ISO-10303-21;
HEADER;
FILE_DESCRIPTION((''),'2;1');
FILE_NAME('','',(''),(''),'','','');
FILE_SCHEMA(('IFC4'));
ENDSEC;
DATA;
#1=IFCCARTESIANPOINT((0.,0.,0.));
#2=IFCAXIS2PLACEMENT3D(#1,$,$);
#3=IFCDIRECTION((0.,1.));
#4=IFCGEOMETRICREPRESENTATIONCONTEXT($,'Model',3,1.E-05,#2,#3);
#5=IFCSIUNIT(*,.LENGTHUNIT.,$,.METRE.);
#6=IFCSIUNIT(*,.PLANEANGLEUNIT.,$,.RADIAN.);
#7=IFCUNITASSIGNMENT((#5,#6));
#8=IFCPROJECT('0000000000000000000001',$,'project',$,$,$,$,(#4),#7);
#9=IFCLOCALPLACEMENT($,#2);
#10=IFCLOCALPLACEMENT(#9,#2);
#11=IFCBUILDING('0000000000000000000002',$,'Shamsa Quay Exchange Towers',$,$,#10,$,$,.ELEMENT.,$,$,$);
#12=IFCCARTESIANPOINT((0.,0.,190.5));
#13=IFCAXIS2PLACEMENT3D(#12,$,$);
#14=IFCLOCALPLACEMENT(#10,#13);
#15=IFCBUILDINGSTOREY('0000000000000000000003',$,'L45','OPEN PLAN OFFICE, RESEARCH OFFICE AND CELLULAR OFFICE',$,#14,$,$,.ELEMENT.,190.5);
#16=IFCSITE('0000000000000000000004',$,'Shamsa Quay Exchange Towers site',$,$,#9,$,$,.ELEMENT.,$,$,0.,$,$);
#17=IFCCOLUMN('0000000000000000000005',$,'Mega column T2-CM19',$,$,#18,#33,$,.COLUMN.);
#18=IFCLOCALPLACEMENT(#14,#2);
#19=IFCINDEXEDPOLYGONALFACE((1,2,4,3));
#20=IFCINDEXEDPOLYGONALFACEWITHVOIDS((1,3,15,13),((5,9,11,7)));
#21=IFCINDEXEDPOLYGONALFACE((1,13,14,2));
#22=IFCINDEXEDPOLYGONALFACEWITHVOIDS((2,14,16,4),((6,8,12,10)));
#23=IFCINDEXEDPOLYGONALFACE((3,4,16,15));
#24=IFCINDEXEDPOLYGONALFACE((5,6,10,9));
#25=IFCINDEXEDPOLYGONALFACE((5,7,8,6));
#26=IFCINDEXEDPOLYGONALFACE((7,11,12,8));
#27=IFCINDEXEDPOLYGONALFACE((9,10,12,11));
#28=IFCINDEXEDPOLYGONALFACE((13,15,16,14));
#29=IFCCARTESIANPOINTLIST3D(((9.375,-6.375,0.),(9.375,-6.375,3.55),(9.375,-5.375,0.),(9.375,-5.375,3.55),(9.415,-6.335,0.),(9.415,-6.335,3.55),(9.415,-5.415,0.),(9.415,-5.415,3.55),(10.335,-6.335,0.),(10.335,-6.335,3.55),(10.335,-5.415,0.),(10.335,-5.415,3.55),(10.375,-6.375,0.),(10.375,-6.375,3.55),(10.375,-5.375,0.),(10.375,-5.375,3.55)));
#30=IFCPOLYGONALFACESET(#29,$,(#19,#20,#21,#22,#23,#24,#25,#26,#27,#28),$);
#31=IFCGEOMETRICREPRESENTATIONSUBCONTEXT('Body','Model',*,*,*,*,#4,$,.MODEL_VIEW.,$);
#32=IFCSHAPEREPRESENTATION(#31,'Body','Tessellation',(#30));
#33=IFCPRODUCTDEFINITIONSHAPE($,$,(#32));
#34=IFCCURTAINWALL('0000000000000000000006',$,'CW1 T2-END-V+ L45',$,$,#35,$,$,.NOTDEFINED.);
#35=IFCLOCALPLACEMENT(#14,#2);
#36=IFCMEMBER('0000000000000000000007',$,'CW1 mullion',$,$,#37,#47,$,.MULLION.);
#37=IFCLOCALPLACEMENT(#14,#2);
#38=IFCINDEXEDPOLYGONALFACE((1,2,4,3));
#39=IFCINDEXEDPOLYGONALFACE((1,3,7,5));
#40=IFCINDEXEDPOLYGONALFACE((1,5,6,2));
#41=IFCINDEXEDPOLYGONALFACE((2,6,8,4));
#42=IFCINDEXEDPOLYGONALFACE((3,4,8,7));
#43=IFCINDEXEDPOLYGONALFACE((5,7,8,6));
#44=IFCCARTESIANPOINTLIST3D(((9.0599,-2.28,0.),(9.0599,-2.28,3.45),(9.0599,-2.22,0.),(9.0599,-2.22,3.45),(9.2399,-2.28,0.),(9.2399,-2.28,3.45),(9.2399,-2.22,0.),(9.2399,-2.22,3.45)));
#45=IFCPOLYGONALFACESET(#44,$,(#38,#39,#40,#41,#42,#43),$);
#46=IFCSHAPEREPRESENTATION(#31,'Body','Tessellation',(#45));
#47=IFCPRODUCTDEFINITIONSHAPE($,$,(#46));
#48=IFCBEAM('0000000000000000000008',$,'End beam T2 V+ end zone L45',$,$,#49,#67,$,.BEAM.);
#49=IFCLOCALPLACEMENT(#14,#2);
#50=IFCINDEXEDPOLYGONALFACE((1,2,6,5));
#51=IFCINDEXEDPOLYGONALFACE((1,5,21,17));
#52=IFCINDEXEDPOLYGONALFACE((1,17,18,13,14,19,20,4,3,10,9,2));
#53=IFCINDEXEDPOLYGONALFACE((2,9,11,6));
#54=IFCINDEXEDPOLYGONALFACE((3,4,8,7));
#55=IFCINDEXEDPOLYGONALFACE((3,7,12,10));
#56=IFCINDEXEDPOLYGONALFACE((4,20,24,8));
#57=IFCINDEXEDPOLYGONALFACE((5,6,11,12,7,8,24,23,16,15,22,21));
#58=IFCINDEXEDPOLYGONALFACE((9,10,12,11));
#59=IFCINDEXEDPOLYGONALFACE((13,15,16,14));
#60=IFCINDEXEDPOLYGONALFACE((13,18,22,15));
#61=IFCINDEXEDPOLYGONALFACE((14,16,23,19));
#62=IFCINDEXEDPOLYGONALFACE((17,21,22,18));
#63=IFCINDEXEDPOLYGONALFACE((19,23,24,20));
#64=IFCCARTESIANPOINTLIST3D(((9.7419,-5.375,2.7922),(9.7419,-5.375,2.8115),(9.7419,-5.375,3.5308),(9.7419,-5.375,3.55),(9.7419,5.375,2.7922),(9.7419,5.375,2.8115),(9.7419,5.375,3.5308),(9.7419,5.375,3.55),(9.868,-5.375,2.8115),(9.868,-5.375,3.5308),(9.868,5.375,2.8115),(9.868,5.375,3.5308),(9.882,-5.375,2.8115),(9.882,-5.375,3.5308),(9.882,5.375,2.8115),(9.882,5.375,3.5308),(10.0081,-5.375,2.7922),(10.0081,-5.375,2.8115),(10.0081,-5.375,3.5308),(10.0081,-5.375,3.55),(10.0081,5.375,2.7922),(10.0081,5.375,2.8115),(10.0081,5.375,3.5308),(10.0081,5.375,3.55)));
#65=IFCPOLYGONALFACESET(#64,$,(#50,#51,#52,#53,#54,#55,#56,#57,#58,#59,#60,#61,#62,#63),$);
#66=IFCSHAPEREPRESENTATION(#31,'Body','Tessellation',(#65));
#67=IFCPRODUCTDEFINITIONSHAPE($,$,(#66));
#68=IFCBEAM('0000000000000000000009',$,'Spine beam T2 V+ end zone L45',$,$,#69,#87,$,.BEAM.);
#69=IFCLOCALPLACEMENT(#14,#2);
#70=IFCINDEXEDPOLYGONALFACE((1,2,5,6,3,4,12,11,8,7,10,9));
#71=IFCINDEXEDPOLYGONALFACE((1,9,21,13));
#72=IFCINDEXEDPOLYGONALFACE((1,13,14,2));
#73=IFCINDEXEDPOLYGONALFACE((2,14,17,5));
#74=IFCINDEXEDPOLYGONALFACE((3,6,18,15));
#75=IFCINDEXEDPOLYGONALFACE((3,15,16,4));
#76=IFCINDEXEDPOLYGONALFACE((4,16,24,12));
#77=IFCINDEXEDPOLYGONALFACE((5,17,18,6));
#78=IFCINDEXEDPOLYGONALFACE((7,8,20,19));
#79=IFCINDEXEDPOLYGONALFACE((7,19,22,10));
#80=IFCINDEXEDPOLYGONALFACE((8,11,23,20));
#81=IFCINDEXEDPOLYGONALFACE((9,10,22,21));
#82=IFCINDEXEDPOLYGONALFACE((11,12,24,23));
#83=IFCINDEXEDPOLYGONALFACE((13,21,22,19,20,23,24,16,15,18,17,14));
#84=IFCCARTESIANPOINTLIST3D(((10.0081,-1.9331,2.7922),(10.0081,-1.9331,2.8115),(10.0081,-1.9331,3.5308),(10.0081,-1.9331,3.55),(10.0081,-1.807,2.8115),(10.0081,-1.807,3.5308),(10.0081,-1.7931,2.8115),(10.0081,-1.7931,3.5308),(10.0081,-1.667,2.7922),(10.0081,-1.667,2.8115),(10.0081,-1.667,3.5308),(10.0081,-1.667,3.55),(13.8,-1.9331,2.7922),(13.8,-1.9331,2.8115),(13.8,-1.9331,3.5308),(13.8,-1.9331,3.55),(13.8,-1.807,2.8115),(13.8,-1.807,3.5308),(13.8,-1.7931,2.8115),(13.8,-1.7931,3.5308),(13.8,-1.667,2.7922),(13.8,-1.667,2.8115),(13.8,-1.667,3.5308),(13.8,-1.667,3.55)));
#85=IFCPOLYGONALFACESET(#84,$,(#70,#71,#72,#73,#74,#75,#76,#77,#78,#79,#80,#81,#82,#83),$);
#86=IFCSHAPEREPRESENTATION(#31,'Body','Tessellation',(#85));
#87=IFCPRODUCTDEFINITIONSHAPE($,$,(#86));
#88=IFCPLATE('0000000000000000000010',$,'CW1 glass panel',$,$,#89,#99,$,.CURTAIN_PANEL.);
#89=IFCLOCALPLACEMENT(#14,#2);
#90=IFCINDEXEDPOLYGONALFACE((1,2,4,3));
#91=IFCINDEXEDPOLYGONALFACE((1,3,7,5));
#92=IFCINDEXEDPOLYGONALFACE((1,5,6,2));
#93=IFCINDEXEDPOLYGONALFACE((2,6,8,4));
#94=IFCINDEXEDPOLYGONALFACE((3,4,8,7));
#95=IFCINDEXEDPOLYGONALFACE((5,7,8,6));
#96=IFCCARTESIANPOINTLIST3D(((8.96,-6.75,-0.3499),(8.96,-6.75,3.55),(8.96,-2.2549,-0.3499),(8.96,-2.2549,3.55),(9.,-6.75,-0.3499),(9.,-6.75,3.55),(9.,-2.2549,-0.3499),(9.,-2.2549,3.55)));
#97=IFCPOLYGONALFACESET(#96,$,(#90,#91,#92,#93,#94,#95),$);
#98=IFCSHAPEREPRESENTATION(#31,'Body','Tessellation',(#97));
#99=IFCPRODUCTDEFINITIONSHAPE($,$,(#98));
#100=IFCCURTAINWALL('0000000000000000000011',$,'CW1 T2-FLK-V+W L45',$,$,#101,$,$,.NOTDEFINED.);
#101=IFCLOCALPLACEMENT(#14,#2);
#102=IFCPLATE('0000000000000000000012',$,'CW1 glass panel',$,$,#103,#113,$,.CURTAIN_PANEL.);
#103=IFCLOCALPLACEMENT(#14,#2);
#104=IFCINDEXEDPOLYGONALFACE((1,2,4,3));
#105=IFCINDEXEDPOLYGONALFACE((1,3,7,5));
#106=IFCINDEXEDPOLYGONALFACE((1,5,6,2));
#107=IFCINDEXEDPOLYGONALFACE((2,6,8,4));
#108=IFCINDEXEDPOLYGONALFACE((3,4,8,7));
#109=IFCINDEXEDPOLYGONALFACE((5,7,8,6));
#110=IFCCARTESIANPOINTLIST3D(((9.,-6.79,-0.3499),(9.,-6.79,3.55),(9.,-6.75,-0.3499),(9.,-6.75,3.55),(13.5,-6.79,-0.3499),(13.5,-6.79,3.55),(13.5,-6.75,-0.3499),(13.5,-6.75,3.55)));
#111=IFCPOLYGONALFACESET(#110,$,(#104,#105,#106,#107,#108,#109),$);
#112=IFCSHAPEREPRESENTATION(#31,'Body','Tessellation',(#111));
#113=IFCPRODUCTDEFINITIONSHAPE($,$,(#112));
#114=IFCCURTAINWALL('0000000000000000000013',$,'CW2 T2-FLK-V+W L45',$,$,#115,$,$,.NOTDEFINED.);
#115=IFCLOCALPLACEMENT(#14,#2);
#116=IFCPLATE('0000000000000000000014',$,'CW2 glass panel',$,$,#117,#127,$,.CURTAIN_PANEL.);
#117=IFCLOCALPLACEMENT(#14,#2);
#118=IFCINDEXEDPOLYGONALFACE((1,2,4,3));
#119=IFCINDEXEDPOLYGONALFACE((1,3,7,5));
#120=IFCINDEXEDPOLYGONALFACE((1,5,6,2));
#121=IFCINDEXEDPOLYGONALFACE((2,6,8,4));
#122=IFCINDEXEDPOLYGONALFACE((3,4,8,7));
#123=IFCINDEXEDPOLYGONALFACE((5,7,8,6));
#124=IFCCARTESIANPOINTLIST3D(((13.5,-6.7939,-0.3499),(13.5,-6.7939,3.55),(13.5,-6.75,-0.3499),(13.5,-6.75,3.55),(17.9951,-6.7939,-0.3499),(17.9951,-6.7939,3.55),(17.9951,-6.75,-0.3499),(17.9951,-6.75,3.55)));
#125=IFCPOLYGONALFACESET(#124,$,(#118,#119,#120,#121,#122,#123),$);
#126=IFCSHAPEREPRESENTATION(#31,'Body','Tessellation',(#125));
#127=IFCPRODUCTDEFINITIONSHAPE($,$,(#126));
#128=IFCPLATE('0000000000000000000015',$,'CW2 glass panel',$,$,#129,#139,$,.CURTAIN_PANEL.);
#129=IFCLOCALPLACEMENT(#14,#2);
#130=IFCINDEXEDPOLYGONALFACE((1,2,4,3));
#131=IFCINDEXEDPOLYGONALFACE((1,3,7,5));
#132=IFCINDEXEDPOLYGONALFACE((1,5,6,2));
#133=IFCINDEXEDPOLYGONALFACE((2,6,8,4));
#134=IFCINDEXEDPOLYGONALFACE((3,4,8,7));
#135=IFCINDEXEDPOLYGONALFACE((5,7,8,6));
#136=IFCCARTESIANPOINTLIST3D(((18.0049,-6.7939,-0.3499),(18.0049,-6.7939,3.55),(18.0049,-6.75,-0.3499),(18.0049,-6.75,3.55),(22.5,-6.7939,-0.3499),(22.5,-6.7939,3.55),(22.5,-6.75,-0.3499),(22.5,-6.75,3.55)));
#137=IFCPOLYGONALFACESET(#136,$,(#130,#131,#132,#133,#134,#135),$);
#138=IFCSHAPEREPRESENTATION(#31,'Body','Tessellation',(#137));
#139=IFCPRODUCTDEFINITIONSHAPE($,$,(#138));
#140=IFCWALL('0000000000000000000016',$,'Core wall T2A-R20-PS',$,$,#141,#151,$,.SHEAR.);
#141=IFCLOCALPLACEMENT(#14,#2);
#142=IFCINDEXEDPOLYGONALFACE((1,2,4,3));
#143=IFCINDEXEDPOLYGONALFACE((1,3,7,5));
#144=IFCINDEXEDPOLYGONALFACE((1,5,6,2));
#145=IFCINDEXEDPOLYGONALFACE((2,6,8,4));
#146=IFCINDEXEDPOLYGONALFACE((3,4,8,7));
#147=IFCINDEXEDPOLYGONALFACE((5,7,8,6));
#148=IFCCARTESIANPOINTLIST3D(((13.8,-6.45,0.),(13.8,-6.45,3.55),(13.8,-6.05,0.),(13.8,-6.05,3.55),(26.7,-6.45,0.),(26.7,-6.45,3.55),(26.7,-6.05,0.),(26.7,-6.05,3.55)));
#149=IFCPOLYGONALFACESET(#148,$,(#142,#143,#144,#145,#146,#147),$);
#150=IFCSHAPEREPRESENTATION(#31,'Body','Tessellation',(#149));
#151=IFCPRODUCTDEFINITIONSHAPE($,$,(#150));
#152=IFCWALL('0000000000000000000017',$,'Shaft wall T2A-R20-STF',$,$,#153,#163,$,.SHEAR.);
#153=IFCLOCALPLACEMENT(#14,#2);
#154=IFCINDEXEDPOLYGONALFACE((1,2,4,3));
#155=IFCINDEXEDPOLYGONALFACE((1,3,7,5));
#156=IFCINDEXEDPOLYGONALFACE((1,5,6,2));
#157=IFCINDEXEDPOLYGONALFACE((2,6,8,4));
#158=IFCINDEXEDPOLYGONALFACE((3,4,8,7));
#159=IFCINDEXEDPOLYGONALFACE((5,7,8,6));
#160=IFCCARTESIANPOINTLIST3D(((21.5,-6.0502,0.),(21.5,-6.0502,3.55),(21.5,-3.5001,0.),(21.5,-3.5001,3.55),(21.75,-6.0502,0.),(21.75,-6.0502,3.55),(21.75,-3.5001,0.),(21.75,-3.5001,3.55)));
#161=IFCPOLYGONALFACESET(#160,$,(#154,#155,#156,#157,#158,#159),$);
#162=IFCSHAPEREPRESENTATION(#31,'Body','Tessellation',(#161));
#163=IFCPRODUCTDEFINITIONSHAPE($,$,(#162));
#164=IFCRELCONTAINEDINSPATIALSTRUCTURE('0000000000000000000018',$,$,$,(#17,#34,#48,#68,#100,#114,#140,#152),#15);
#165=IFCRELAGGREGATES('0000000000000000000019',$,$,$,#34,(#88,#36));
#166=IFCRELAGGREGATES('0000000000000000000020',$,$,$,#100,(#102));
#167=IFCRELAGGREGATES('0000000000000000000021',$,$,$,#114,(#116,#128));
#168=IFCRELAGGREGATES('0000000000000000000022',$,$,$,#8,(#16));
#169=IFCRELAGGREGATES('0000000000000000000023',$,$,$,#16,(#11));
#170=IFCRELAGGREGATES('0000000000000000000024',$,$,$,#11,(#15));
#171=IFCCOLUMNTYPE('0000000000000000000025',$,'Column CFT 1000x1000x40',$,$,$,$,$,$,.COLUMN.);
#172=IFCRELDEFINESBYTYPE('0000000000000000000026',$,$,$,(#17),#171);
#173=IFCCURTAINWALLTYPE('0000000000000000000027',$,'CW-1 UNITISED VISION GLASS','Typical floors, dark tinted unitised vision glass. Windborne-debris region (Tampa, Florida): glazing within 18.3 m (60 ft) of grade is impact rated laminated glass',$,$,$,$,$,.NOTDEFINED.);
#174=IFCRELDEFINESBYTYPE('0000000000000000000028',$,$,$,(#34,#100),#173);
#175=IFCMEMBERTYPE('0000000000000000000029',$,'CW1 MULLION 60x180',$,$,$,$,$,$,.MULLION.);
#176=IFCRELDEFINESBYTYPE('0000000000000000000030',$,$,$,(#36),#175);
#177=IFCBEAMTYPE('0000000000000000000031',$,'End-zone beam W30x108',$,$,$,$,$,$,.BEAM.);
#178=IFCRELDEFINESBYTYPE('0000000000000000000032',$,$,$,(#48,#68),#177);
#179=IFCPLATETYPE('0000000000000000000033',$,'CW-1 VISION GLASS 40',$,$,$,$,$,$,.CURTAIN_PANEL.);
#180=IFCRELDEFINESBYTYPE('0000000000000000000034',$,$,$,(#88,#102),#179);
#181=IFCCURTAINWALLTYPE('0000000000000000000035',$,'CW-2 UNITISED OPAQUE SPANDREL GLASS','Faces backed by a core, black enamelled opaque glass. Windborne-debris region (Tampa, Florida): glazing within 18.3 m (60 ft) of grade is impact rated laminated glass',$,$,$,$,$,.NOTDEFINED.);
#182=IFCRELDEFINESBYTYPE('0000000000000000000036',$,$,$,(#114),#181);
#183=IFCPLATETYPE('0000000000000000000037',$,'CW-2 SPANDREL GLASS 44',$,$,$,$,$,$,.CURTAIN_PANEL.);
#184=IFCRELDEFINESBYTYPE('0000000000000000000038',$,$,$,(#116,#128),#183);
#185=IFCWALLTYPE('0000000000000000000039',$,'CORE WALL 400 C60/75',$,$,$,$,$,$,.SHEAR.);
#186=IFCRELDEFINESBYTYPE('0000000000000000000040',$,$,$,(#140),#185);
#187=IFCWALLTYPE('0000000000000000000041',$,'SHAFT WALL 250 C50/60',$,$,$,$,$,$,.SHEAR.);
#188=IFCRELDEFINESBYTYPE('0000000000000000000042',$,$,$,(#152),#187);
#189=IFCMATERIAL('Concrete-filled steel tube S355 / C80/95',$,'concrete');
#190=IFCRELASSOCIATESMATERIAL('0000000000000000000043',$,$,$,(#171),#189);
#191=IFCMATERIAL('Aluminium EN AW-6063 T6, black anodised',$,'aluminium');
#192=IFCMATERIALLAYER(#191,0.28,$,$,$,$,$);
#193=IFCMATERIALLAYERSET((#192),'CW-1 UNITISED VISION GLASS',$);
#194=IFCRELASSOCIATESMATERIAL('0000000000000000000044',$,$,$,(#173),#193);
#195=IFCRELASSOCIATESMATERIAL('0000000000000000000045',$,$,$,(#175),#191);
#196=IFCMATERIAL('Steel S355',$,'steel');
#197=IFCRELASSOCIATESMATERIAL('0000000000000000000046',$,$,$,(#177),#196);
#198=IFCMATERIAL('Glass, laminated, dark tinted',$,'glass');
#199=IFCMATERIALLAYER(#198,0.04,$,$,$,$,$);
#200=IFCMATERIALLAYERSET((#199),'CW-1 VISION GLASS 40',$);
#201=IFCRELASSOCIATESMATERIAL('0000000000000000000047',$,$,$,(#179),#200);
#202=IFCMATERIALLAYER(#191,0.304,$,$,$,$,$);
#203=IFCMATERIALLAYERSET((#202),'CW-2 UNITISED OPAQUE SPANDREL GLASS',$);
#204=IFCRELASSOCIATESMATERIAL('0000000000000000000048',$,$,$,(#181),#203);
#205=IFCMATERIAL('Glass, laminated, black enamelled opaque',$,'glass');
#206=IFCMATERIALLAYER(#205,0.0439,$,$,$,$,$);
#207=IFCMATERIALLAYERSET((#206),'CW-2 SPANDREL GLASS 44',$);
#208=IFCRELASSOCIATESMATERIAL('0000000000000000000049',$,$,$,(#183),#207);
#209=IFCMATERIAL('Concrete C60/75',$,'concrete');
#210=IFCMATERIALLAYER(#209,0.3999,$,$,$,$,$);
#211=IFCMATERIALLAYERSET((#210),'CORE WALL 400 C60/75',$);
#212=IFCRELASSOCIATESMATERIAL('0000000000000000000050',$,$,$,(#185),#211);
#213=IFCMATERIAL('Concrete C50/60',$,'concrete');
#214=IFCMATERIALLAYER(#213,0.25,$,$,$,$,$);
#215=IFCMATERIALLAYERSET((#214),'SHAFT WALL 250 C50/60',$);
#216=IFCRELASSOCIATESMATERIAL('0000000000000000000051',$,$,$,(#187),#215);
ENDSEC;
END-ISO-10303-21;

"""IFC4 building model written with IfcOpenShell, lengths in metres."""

from ifc_helpers import new_model, si_unit, direction, frame, frame_2d, origin, origin_2d, place, context, subcontext, project, spatial, rectangle, hollow_rectangle, i_section, extrude, material, layer, layer_set, material_profile, profile_set, type_object, element, aggregate, save


model = new_model("IFC4")

# Units and contexts
model_context = context("Model", 3, precision=1e-05, world=origin(), true_north=direction((0.0, 1.0)))
body_context = subcontext(model_context, "Body", "Model", "MODEL_VIEW")
ifc_project = project(units=[si_unit("LENGTHUNIT", "METRE"), si_unit("PLANEANGLEUNIT", "RADIAN")], contexts=[model_context])

# Site, building, storey
site_placement = place(None, origin())
site = spatial("IfcSite", under=ifc_project, at=site_placement, Name="Shamsa Quay Exchange Towers site", CompositionType="ELEMENT", RefElevation=0.0)
building_placement = place(site_placement, origin())
building = spatial("IfcBuilding", under=site, at=building_placement, Name="Shamsa Quay Exchange Towers", CompositionType="ELEMENT")
storey_placement = place(building_placement, frame((0.0, 0.0, 190.5)))
storey = spatial("IfcBuildingStorey", under=building, at=storey_placement, Name="L45", Description="OPEN PLAN OFFICE, RESEARCH OFFICE AND CELLULAR OFFICE", CompositionType="ELEMENT", Elevation=190.5)

# Column
ifc_material_1 = material(Name="Concrete-filled steel tube S355 / C80/95", Category="concrete")
ifc_material_profile_1 = material_profile(ifc_material_1, hollow_rectangle(XDim=1.0, YDim=1.0, WallThickness=0.04, at=origin_2d()), Name="CFT 1000x1000x40")
ifc_profile_set_1 = profile_set([ifc_material_profile_1], Name="Concrete-filled steel tube S355 / C80/95")
column_type = type_object("IfcColumnType", Name="Column CFT 1000x1000x40", PredefinedType="COLUMN", material=ifc_profile_set_1)
column_placement = place(storey_placement, frame((9.875, -5.875, 0.0)))
element("IfcColumn", 1, at=column_placement, inside=storey, type_object=column_type, Name="Mega column T2-CM19", PredefinedType="COLUMN", context=body_context, shape_type="SweptSolid", body=[
    extrude(hollow_rectangle(XDim=1.0, YDim=1.0, WallThickness=0.04, at=origin_2d()), origin(), (0.0, 0.0, 1.0), 3.55),
])

# Curtain wall, member
ifc_material_2 = material(Name="Aluminium EN AW-6063 T6, black anodised", Category="aluminium")
ifc_layer_1 = layer(ifc_material_2, 0.28)
ifc_layer_set_1 = layer_set([ifc_layer_1], Name="CW-1 UNITISED VISION GLASS")
curtain_wall_type_1 = type_object("IfcCurtainWallType", Name="CW-1 UNITISED VISION GLASS", Description="Typical floors, dark tinted unitised vision glass. Windborne-debris region (Tampa, Florida): glazing within 18.3 m (60 ft) of grade is impact rated laminated glass", PredefinedType="NOTDEFINED", material=ifc_layer_set_1)
curtain_wall_1_placement = place(storey_placement, origin())
curtain_wall_1 = element("IfcCurtainWall", 2, at=curtain_wall_1_placement, inside=storey, type_object=curtain_wall_type_1, Name="CW1 T2-END-V+ L45", PredefinedType="NOTDEFINED")
ifc_material_profile_2 = material_profile(ifc_material_2, rectangle(XDim=0.1799, YDim=0.0601, at=origin_2d()), Name="MU60x180")
ifc_profile_set_2 = profile_set([ifc_material_profile_2], Name="Aluminium EN AW-6063 T6, black anodised")
member_type = type_object("IfcMemberType", Name="CW1 MULLION 60x180", PredefinedType="MULLION", material=ifc_profile_set_2)
member_placement = place(storey_placement, frame((9.1499, -2.25, 0.0)))
member = element("IfcMember", 3, at=member_placement, type_object=member_type, Name="CW1 mullion", PredefinedType="MULLION", context=body_context, shape_type="SweptSolid", body=[
    extrude(rectangle(XDim=0.1799, YDim=0.0601, at=origin_2d()), origin(), (0.0, 0.0, 1.0), 3.45),
])

# Beams
ifc_material_3 = material(Name="Steel S355", Category="steel")
ifc_material_profile_3 = material_profile(ifc_material_3, i_section(OverallWidth=0.2661, OverallDepth=0.7578, WebThickness=0.0139, FlangeThickness=0.0193, at=origin_2d()), Name="W30x108")
ifc_profile_set_3 = profile_set([ifc_material_profile_3], Name="Steel S355")
beam_type = type_object("IfcBeamType", Name="End-zone beam W30x108", PredefinedType="BEAM", material=ifc_profile_set_3)
beam_1_placement = place(storey_placement, frame((9.875, -5.375, 3.1711), z_axis=(0.0, 1.0, 0.0), x_axis=(-1.0, 0.0, 0.0)))
element("IfcBeam", 4, at=beam_1_placement, inside=storey, type_object=beam_type, Name="End beam T2 V+ end zone L45", PredefinedType="BEAM", context=body_context, shape_type="SweptSolid", body=[
    extrude(i_section(OverallWidth=0.2661, OverallDepth=0.7578, WebThickness=0.0139, FlangeThickness=0.0193, at=origin_2d()), origin(), (0.0, 0.0, 1.0), 10.75),
])
beam_2_placement = place(storey_placement, frame((13.8, -1.8, 3.1711), z_axis=(-1.0, 0.0, 0.0), x_axis=(0.0, -1.0, 0.0)))
element("IfcBeam", 5, at=beam_2_placement, inside=storey, type_object=beam_type, Name="Spine beam T2 V+ end zone L45", PredefinedType="BEAM", context=body_context, shape_type="SweptSolid", body=[
    extrude(i_section(OverallWidth=0.2661, OverallDepth=0.7578, WebThickness=0.0139, FlangeThickness=0.0193, at=origin_2d()), origin(), (0.0, 0.0, 1.0), 3.792),
])

# Plate
ifc_material_4 = material(Name="Glass, laminated, dark tinted", Category="glass")
ifc_layer_2 = layer(ifc_material_4, 0.04)
ifc_layer_set_2 = layer_set([ifc_layer_2], Name="CW-1 VISION GLASS 40")
plate_type_1 = type_object("IfcPlateType", Name="CW-1 VISION GLASS 40", PredefinedType="CURTAIN_PANEL", material=ifc_layer_set_2)
plate_1_placement = place(storey_placement, frame((8.98, -4.5024, -0.3499), z_axis=(0.0, 0.0, 1.0), x_axis=(0.0, -1.0, 0.0)))
plate_1 = element("IfcPlate", 6, at=plate_1_placement, type_object=plate_type_1, Name="CW1 glass panel", PredefinedType="CURTAIN_PANEL", context=body_context, shape_type="SweptSolid", body=[
    extrude(rectangle(XDim=4.4951, YDim=0.04, at=origin_2d()), origin(), (0.0, 0.0, 1.0), 3.8999),
])
aggregate(curtain_wall_1, [plate_1, member])

# Curtain wall, plate
curtain_wall_2_placement = place(storey_placement, origin())
curtain_wall_2 = element("IfcCurtainWall", 7, at=curtain_wall_2_placement, inside=storey, type_object=curtain_wall_type_1, Name="CW1 T2-FLK-V+W L45", PredefinedType="NOTDEFINED")
plate_2_placement = place(storey_placement, frame((11.25, -6.77, -0.3499)))
plate_2 = element("IfcPlate", 8, at=plate_2_placement, type_object=plate_type_1, Name="CW1 glass panel", PredefinedType="CURTAIN_PANEL", context=body_context, shape_type="SweptSolid", body=[
    extrude(rectangle(XDim=4.5, YDim=0.04, at=origin_2d()), origin(), (0.0, 0.0, 1.0), 3.8999),
])
aggregate(curtain_wall_2, [plate_2])

# Curtain wall, plates
ifc_layer_3 = layer(ifc_material_2, 0.304)
ifc_layer_set_3 = layer_set([ifc_layer_3], Name="CW-2 UNITISED OPAQUE SPANDREL GLASS")
curtain_wall_type_2 = type_object("IfcCurtainWallType", Name="CW-2 UNITISED OPAQUE SPANDREL GLASS", Description="Faces backed by a core, black enamelled opaque glass. Windborne-debris region (Tampa, Florida): glazing within 18.3 m (60 ft) of grade is impact rated laminated glass", PredefinedType="NOTDEFINED", material=ifc_layer_set_3)
curtain_wall_3_placement = place(storey_placement, origin())
curtain_wall_3 = element("IfcCurtainWall", 9, at=curtain_wall_3_placement, inside=storey, type_object=curtain_wall_type_2, Name="CW2 T2-FLK-V+W L45", PredefinedType="NOTDEFINED")
ifc_material_5 = material(Name="Glass, laminated, black enamelled opaque", Category="glass")
ifc_layer_4 = layer(ifc_material_5, 0.0439)
ifc_layer_set_4 = layer_set([ifc_layer_4], Name="CW-2 SPANDREL GLASS 44")
plate_type_2 = type_object("IfcPlateType", Name="CW-2 SPANDREL GLASS 44", PredefinedType="CURTAIN_PANEL", material=ifc_layer_set_4)
plate_3_placement = place(storey_placement, frame((15.7476, -6.772, -0.3499)))
plate_3 = element("IfcPlate", 10, at=plate_3_placement, type_object=plate_type_2, Name="CW2 glass panel", PredefinedType="CURTAIN_PANEL", context=body_context, shape_type="SweptSolid", body=[
    extrude(rectangle(XDim=4.4951, YDim=0.0439, at=origin_2d()), origin(), (0.0, 0.0, 1.0), 3.8999),
])
plate_4_placement = place(storey_placement, frame((20.2524, -6.772, -0.3499)))
plate_4 = element("IfcPlate", 11, at=plate_4_placement, type_object=plate_type_2, Name="CW2 glass panel", PredefinedType="CURTAIN_PANEL", context=body_context, shape_type="SweptSolid", body=[
    extrude(rectangle(XDim=4.4951, YDim=0.0439, at=origin_2d()), origin(), (0.0, 0.0, 1.0), 3.8999),
])
aggregate(curtain_wall_3, [plate_3, plate_4])

# Walls
ifc_material_6 = material(Name="Concrete C60/75", Category="concrete")
ifc_layer_5 = layer(ifc_material_6, 0.3999)
ifc_layer_set_5 = layer_set([ifc_layer_5], Name="CORE WALL 400 C60/75")
wall_type_1 = type_object("IfcWallType", Name="CORE WALL 400 C60/75", PredefinedType="SHEAR", material=ifc_layer_set_5)
wall_1_placement = place(storey_placement, frame((13.8, -6.25, 0.0)))
element("IfcWall", 12, at=wall_1_placement, inside=storey, type_object=wall_type_1, Name="Core wall T2A-R20-PS", PredefinedType="SHEAR", context=body_context, shape_type="SweptSolid", body=[
    extrude(rectangle(XDim=12.8999, YDim=0.3999, at=frame_2d((6.45, 0.0))), origin(), (0.0, 0.0, 1.0), 3.55),
])
ifc_material_7 = material(Name="Concrete C50/60", Category="concrete")
ifc_layer_6 = layer(ifc_material_7, 0.25)
ifc_layer_set_6 = layer_set([ifc_layer_6], Name="SHAFT WALL 250 C50/60")
wall_type_2 = type_object("IfcWallType", Name="SHAFT WALL 250 C50/60", PredefinedType="SHEAR", material=ifc_layer_set_6)
wall_2_placement = place(storey_placement, frame((21.625, -6.05, 0.0), z_axis=(0.0, 0.0, 1.0), x_axis=(0.0, 1.0, 0.0)))
element("IfcWall", 13, at=wall_2_placement, inside=storey, type_object=wall_type_2, Name="Shaft wall T2A-R20-STF", PredefinedType="SHEAR", context=body_context, shape_type="SweptSolid", body=[
    extrude(rectangle(XDim=2.55, YDim=0.25, at=frame_2d((1.2749, 0.0))), origin(), (0.0, 0.0, 1.0), 3.55),
])

save(model, "model.ifc")
